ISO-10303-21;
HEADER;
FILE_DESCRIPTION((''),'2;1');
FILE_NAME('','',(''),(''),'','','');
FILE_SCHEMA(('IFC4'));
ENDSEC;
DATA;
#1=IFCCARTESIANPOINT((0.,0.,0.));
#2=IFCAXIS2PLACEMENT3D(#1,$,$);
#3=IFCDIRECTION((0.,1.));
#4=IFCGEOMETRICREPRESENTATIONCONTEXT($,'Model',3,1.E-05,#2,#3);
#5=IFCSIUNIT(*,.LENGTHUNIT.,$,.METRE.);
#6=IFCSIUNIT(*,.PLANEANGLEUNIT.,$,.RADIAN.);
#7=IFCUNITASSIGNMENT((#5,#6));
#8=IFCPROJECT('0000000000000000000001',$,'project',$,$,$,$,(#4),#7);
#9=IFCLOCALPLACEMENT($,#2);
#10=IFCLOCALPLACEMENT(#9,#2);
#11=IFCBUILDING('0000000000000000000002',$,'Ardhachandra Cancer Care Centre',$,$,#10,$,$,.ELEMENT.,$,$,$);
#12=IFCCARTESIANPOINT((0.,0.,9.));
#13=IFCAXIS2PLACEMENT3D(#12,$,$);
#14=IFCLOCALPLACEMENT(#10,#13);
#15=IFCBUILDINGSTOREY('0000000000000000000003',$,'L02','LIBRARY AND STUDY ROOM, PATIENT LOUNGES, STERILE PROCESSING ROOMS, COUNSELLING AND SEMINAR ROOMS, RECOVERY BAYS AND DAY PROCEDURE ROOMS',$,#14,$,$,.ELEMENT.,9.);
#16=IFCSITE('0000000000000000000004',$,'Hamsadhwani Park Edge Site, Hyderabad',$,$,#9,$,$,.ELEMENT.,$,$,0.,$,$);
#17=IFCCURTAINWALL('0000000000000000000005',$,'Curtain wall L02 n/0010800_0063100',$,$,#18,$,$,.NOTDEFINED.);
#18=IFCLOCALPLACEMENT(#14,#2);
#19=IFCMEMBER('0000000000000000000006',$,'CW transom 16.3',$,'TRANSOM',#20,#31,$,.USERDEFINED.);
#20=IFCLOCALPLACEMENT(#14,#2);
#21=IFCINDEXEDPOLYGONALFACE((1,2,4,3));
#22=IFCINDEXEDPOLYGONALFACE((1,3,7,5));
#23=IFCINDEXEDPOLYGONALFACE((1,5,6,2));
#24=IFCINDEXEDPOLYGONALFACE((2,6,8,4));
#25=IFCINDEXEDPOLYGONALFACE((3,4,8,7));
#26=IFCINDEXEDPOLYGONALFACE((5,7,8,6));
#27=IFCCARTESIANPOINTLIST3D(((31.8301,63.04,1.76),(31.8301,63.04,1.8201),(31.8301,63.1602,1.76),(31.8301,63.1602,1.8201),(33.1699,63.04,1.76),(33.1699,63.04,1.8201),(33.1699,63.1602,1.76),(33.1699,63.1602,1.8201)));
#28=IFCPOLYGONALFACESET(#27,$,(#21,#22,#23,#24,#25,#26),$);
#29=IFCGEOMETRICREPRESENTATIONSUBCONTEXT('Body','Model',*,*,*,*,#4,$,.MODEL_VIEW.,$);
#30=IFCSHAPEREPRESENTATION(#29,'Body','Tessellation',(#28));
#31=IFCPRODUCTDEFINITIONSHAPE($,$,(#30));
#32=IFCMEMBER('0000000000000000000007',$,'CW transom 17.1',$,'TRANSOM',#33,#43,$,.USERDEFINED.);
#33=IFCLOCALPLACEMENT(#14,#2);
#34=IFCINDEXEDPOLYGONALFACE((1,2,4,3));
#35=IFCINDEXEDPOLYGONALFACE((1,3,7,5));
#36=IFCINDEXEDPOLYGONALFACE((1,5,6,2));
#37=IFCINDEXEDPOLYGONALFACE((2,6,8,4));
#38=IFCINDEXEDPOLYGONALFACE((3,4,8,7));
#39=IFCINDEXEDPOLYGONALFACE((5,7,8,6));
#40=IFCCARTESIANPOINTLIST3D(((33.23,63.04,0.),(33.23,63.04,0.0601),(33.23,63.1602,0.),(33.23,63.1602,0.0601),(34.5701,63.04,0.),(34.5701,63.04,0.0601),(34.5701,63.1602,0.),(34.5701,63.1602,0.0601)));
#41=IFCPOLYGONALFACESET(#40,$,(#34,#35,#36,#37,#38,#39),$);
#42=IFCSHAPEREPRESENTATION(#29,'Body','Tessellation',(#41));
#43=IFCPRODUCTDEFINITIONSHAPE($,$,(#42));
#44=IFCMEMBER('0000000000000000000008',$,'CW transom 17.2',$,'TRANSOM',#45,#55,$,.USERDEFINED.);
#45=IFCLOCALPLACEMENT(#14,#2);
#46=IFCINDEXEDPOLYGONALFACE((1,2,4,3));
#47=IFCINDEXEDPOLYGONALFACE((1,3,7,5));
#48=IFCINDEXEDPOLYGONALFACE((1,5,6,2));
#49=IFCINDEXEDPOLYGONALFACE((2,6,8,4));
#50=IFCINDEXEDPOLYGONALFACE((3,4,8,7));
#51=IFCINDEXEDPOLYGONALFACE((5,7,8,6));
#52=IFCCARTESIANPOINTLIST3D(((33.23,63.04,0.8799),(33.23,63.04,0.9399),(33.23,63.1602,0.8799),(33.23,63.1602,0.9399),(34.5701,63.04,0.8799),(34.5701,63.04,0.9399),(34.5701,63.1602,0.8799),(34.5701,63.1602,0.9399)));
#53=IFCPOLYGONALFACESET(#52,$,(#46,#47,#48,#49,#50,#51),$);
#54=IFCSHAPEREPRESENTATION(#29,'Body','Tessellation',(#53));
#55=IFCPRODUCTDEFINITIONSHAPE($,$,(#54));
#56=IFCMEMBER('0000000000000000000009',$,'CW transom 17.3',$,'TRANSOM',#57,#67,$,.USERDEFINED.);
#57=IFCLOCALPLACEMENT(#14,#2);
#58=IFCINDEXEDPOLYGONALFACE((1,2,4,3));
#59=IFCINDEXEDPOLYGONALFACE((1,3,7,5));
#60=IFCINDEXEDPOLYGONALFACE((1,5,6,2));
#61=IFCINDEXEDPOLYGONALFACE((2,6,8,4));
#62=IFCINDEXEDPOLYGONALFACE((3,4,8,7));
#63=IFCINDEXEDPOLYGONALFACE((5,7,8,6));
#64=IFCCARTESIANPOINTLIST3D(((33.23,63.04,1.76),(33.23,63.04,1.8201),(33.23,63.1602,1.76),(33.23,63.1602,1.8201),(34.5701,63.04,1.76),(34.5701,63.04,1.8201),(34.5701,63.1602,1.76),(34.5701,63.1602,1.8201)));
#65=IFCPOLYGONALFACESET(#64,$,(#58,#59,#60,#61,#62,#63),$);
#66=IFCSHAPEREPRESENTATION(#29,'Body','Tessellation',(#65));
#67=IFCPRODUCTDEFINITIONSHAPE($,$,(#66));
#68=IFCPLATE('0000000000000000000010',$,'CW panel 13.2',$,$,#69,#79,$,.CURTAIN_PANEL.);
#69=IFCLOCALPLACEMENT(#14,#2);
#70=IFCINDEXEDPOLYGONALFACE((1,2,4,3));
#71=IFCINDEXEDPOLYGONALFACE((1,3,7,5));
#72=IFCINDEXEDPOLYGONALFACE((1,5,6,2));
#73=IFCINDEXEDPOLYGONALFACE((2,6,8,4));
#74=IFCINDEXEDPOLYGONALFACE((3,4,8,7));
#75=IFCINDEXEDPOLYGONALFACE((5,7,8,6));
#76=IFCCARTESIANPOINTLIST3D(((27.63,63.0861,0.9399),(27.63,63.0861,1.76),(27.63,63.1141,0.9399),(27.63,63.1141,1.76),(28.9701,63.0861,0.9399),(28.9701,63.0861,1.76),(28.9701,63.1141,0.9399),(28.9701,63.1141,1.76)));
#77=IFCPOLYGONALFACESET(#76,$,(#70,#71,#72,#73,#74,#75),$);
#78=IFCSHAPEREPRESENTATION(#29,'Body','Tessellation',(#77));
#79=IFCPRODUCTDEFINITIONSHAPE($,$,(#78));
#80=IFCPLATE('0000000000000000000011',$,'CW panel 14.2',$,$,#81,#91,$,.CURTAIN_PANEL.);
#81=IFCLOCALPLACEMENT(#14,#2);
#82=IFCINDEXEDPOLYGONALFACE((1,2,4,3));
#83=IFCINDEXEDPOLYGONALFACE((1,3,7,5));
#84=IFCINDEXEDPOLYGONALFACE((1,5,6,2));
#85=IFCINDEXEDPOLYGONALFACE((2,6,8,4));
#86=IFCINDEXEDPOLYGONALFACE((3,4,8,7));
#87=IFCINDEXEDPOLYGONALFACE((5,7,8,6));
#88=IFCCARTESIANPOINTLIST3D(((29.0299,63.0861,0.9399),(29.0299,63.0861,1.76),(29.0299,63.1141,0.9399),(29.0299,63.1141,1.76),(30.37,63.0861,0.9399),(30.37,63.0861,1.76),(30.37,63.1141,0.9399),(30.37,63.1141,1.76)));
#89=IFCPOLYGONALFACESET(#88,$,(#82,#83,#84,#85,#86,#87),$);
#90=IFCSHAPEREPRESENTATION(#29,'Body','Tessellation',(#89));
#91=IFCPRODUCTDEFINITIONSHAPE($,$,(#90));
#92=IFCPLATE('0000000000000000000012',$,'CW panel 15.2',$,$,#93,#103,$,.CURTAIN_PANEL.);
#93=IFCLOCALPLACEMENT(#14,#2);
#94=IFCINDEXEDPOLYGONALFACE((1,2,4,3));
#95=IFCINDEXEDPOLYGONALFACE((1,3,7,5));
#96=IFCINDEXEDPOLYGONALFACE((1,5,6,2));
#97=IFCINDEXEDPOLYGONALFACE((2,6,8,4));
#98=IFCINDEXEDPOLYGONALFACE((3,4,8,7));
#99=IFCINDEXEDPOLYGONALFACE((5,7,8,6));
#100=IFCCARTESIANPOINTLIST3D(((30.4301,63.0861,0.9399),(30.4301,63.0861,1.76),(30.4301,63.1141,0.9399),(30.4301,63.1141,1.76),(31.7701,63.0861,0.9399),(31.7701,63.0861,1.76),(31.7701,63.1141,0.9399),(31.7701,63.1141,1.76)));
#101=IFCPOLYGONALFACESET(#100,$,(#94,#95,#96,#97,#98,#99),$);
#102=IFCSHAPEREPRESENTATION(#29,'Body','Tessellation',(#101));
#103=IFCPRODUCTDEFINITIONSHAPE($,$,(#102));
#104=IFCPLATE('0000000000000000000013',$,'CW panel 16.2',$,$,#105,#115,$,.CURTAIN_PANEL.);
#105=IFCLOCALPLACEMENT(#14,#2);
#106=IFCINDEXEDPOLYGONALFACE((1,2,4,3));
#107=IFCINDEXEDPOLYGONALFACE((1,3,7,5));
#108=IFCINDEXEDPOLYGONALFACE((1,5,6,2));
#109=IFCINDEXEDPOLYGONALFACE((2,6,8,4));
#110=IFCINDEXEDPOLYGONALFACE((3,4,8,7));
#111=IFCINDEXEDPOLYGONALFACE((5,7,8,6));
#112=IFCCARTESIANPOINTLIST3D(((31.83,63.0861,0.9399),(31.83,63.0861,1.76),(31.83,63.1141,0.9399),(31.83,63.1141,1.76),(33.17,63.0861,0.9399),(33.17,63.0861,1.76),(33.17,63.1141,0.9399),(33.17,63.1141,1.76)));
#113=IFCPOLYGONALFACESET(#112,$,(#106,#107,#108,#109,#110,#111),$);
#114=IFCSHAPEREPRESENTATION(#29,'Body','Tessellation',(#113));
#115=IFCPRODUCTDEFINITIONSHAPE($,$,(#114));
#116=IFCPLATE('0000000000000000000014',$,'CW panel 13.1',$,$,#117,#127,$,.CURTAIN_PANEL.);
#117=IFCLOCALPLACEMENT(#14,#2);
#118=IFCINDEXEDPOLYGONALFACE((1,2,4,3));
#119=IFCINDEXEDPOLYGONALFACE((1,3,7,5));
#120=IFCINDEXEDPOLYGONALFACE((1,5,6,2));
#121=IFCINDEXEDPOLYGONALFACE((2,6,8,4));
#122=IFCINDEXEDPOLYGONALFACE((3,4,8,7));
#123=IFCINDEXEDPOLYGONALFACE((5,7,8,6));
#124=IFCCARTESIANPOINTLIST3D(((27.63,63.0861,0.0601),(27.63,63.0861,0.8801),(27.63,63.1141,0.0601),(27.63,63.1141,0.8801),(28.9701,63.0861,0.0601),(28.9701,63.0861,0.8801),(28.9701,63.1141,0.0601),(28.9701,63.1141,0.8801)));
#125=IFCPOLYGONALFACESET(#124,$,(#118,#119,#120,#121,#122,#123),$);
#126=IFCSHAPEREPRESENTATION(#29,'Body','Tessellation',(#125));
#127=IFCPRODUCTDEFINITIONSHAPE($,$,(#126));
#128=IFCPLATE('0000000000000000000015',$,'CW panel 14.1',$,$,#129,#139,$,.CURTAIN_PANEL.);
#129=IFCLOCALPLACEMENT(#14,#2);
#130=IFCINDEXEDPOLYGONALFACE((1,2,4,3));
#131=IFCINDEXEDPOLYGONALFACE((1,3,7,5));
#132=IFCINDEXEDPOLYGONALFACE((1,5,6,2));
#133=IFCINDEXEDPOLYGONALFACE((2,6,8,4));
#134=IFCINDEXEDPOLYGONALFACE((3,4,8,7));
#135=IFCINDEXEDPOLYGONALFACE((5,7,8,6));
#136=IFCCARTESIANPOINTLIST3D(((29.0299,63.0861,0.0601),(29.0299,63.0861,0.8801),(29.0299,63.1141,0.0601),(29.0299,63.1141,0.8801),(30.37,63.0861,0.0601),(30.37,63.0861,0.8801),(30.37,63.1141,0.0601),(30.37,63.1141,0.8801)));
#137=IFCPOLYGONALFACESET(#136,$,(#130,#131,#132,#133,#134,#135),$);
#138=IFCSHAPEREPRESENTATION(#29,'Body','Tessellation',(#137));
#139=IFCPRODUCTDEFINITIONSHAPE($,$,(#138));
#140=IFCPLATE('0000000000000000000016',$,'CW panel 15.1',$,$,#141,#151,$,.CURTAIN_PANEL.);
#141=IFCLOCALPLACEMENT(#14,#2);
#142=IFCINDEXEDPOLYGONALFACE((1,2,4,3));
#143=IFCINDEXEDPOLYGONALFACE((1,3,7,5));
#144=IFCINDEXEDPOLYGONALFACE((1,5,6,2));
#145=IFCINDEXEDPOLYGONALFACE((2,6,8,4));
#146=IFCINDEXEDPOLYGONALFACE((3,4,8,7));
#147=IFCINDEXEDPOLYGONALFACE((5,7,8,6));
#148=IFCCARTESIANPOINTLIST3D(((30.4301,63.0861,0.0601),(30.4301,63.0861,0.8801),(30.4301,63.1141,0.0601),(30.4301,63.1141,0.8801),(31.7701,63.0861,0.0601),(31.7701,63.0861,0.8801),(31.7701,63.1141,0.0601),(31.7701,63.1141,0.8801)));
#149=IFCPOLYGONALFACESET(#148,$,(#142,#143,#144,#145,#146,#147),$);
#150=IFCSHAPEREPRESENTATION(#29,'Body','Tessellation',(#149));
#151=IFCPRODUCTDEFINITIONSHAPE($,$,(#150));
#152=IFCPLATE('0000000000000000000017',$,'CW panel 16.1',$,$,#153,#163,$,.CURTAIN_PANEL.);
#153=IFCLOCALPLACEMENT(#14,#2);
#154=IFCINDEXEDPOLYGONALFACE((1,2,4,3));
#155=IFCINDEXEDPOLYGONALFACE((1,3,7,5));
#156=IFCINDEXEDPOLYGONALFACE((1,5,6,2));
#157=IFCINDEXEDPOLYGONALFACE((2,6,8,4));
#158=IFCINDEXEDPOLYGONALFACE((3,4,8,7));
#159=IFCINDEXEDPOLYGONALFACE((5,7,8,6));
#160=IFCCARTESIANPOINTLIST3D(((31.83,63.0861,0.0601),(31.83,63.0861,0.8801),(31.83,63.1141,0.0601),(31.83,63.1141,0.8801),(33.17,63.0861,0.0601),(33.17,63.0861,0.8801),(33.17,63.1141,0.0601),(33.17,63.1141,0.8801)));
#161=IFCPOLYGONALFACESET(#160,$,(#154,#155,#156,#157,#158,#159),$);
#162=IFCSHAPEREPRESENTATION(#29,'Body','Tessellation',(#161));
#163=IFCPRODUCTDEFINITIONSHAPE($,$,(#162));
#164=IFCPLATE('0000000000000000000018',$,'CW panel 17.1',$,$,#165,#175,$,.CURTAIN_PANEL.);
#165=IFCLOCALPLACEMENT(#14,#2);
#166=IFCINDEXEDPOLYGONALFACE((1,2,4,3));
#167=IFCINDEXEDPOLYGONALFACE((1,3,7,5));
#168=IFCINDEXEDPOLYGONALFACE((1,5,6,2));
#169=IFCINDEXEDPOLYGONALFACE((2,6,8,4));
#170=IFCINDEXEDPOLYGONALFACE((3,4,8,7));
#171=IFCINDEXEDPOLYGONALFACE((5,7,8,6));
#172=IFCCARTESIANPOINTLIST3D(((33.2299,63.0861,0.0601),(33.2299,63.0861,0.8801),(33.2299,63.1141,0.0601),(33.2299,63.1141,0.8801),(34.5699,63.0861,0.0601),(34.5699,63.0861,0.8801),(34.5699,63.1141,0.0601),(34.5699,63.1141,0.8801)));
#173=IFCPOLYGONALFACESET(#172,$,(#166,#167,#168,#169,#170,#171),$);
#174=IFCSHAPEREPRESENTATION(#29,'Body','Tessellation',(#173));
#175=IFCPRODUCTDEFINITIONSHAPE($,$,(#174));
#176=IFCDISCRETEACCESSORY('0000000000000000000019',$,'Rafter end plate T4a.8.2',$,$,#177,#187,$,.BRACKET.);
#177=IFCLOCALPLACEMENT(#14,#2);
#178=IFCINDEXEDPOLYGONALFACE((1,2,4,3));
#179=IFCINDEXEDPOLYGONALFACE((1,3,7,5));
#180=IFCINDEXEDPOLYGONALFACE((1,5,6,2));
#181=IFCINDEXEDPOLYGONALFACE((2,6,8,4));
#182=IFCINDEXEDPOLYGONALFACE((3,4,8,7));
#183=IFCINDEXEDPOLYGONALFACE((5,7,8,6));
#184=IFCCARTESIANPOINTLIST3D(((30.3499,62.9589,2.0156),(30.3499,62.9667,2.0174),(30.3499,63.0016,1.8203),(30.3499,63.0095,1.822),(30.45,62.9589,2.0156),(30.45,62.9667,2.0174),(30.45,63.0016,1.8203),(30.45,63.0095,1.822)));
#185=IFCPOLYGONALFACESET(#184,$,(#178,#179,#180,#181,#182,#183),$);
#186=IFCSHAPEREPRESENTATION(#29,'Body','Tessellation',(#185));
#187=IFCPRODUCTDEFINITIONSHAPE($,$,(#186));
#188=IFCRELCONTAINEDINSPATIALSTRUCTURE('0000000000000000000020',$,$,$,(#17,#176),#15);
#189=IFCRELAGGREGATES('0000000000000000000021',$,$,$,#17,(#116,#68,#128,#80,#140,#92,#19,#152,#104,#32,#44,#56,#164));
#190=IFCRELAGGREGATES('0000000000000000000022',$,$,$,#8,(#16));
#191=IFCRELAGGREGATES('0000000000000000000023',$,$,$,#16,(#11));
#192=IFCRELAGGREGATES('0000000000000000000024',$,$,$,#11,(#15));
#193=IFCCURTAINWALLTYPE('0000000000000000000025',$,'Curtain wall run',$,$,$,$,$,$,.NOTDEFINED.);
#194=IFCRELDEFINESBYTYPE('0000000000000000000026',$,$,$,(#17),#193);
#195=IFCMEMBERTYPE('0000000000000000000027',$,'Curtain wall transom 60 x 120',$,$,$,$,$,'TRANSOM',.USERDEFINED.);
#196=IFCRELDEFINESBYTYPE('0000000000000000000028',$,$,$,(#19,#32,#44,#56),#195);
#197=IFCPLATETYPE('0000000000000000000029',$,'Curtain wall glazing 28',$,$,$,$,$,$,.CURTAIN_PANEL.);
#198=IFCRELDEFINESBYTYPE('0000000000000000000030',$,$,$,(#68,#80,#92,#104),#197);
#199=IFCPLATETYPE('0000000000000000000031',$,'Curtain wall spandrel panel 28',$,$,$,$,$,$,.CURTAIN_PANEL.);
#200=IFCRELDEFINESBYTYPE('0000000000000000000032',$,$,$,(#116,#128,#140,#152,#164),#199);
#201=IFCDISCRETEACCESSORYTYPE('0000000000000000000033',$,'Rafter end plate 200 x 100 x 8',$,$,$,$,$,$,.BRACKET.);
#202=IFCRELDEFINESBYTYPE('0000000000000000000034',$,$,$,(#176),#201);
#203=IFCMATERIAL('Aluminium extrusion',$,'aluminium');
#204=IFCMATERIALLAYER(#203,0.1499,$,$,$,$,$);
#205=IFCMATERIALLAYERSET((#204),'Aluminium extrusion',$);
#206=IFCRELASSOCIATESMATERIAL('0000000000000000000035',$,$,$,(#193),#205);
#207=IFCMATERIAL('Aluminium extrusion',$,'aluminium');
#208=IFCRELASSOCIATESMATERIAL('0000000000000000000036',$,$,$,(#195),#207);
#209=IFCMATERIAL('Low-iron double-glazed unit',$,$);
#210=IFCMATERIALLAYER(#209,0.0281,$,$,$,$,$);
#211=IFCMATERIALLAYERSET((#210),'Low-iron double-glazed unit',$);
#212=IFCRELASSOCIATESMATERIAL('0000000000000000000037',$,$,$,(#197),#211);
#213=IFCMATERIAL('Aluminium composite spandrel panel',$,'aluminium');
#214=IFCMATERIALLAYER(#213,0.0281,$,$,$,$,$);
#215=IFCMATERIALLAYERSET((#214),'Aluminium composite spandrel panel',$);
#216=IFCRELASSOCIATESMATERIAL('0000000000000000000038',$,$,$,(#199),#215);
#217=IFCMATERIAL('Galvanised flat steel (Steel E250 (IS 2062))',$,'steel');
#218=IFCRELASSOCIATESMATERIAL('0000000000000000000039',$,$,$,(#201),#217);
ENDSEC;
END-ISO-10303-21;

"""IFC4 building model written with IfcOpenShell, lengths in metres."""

from ifc_helpers import new_model, si_unit, direction, frame, origin, origin_2d, place, context, subcontext, project, spatial, rectangle, extrude, material, layer, layer_set, material_profile, profile_set, type_object, element, aggregate, save


model = new_model("IFC4")

# Units and contexts
model_context = context("Model", 3, precision=1e-05, world=origin(), true_north=direction((0.0, 1.0)))
body_context = subcontext(model_context, "Body", "Model", "MODEL_VIEW")
ifc_project = project(units=[si_unit("LENGTHUNIT", "METRE"), si_unit("PLANEANGLEUNIT", "RADIAN")], contexts=[model_context])

# Site, building, storey
site_placement = place(None, origin())
site = spatial("IfcSite", under=ifc_project, at=site_placement, Name="Hamsadhwani Park Edge Site, Hyderabad", CompositionType="ELEMENT", RefElevation=0.0)
building_placement = place(site_placement, origin())
building = spatial("IfcBuilding", under=site, at=building_placement, Name="Ardhachandra Cancer Care Centre", CompositionType="ELEMENT")
storey_placement = place(building_placement, frame((0.0, 0.0, 9.0)))
storey = spatial("IfcBuildingStorey", under=building, at=storey_placement, Name="L02", Description="LIBRARY AND STUDY ROOM, PATIENT LOUNGES, STERILE PROCESSING ROOMS, COUNSELLING AND SEMINAR ROOMS, RECOVERY BAYS AND DAY PROCEDURE ROOMS", CompositionType="ELEMENT", Elevation=9.0)

# Curtain wall, members, plates
ifc_material_1 = material(Name="Aluminium extrusion", Category="aluminium")
ifc_layer_1 = layer(ifc_material_1, 0.1499)
ifc_layer_set_1 = layer_set([ifc_layer_1], Name="Aluminium extrusion")
curtain_wall_type = type_object("IfcCurtainWallType", Name="Curtain wall run", PredefinedType="NOTDEFINED", material=ifc_layer_set_1)
curtain_wall_placement = place(storey_placement, origin())
curtain_wall = element("IfcCurtainWall", 1, at=curtain_wall_placement, inside=storey, type_object=curtain_wall_type, Name="Curtain wall L02 n/0010800_0063100", PredefinedType="NOTDEFINED")
ifc_material_2 = material(Name="Aluminium extrusion", Category="aluminium")
ifc_material_profile_1 = material_profile(ifc_material_2, rectangle(XDim=0.1201, YDim=0.0601, at=origin_2d()), Name="Curtain wall transom 60 x 120")
ifc_profile_set_1 = profile_set([ifc_material_profile_1], Name="Aluminium extrusion")
member_type_1 = type_object("IfcMemberType", Name="Curtain wall transom 60 x 120", ElementType="TRANSOM", PredefinedType="USERDEFINED", material=ifc_profile_set_1)
member_1_placement = place(storey_placement, frame((31.8301, 63.1001, 1.79), z_axis=(1.0, 0.0, 0.0), x_axis=(0.0, 1.0, 0.0)))
member_1 = element("IfcMember", 2, at=member_1_placement, type_object=member_type_1, Name="CW transom 16.3", ObjectType="TRANSOM", PredefinedType="USERDEFINED", context=body_context, shape_type="SweptSolid", body=[
    extrude(rectangle(XDim=0.1201, YDim=0.0601, at=origin_2d()), origin(), (0.0, 0.0, 1.0), 1.3398),
])
member_2_placement = place(storey_placement, frame((33.23, 63.1001, 0.03), z_axis=(1.0, 0.0, 0.0), x_axis=(0.0, 1.0, 0.0)))
member_2 = element("IfcMember", 3, at=member_2_placement, type_object=member_type_1, Name="CW transom 17.1", ObjectType="TRANSOM", PredefinedType="USERDEFINED", context=body_context, shape_type="SweptSolid", body=[
    extrude(rectangle(XDim=0.1201, YDim=0.0601, at=origin_2d()), origin(), (0.0, 0.0, 1.0), 1.3401),
])
member_3_placement = place(storey_placement, frame((33.23, 63.1001, 0.9099), z_axis=(1.0, 0.0, 0.0), x_axis=(0.0, 1.0, 0.0)))
member_3 = element("IfcMember", 4, at=member_3_placement, type_object=member_type_1, Name="CW transom 17.2", ObjectType="TRANSOM", PredefinedType="USERDEFINED", context=body_context, shape_type="SweptSolid", body=[
    extrude(rectangle(XDim=0.1201, YDim=0.0601, at=origin_2d()), origin(), (0.0, 0.0, 1.0), 1.3401),
])
member_4_placement = place(storey_placement, frame((33.23, 63.1001, 1.79), z_axis=(1.0, 0.0, 0.0), x_axis=(0.0, 1.0, 0.0)))
member_4 = element("IfcMember", 5, at=member_4_placement, type_object=member_type_1, Name="CW transom 17.3", ObjectType="TRANSOM", PredefinedType="USERDEFINED", context=body_context, shape_type="SweptSolid", body=[
    extrude(rectangle(XDim=0.1201, YDim=0.0601, at=origin_2d()), origin(), (0.0, 0.0, 1.0), 1.3401),
])
ifc_material_3 = material(Name="Low-iron double-glazed unit")
ifc_layer_2 = layer(ifc_material_3, 0.0281)
ifc_layer_set_2 = layer_set([ifc_layer_2], Name="Low-iron double-glazed unit")
plate_type_1 = type_object("IfcPlateType", Name="Curtain wall glazing 28", PredefinedType="CURTAIN_PANEL", material=ifc_layer_set_2)
plate_1_placement = place(storey_placement, frame((28.3, 63.1001, 0.9399), z_axis=(0.0, 0.0, 1.0), x_axis=(1.0, 0.0, 0.0)))
plate_1 = element("IfcPlate", 6, at=plate_1_placement, type_object=plate_type_1, Name="CW panel 13.2", PredefinedType="CURTAIN_PANEL", context=body_context, shape_type="SweptSolid", body=[
    extrude(rectangle(XDim=1.3401, YDim=0.0281, at=origin_2d()), origin(), (0.0, 0.0, 1.0), 0.8201),
])
plate_2_placement = place(storey_placement, frame((29.7, 63.1001, 0.9399), z_axis=(0.0, 0.0, 1.0), x_axis=(1.0, 0.0, 0.0)))
plate_2 = element("IfcPlate", 7, at=plate_2_placement, type_object=plate_type_1, Name="CW panel 14.2", PredefinedType="CURTAIN_PANEL", context=body_context, shape_type="SweptSolid", body=[
    extrude(rectangle(XDim=1.3401, YDim=0.0281, at=origin_2d()), origin(), (0.0, 0.0, 1.0), 0.8201),
])
plate_3_placement = place(storey_placement, frame((31.1001, 63.1001, 0.9399), z_axis=(0.0, 0.0, 1.0), x_axis=(1.0, 0.0, 0.0)))
plate_3 = element("IfcPlate", 8, at=plate_3_placement, type_object=plate_type_1, Name="CW panel 15.2", PredefinedType="CURTAIN_PANEL", context=body_context, shape_type="SweptSolid", body=[
    extrude(rectangle(XDim=1.3401, YDim=0.0281, at=origin_2d()), origin(), (0.0, 0.0, 1.0), 0.8201),
])
plate_4_placement = place(storey_placement, frame((32.5, 63.1001, 0.9399), z_axis=(0.0, 0.0, 1.0), x_axis=(1.0, 0.0, 0.0)))
plate_4 = element("IfcPlate", 9, at=plate_4_placement, type_object=plate_type_1, Name="CW panel 16.2", PredefinedType="CURTAIN_PANEL", context=body_context, shape_type="SweptSolid", body=[
    extrude(rectangle(XDim=1.3401, YDim=0.0281, at=origin_2d()), origin(), (0.0, 0.0, 1.0), 0.8201),
])
ifc_material_4 = material(Name="Aluminium composite spandrel panel", Category="aluminium")
ifc_layer_3 = layer(ifc_material_4, 0.0281)
ifc_layer_set_3 = layer_set([ifc_layer_3], Name="Aluminium composite spandrel panel")
plate_type_2 = type_object("IfcPlateType", Name="Curtain wall spandrel panel 28", PredefinedType="CURTAIN_PANEL", material=ifc_layer_set_3)
plate_5_placement = place(storey_placement, frame((28.3, 63.1001, 0.0601), z_axis=(0.0, 0.0, 1.0), x_axis=(1.0, 0.0, 0.0)))
plate_5 = element("IfcPlate", 10, at=plate_5_placement, type_object=plate_type_2, Name="CW panel 13.1", PredefinedType="CURTAIN_PANEL", context=body_context, shape_type="SweptSolid", body=[
    extrude(rectangle(XDim=1.3401, YDim=0.0281, at=origin_2d()), origin(), (0.0, 0.0, 1.0), 0.8201),
])
plate_6_placement = place(storey_placement, frame((29.7, 63.1001, 0.0601), z_axis=(0.0, 0.0, 1.0), x_axis=(1.0, 0.0, 0.0)))
plate_6 = element("IfcPlate", 11, at=plate_6_placement, type_object=plate_type_2, Name="CW panel 14.1", PredefinedType="CURTAIN_PANEL", context=body_context, shape_type="SweptSolid", body=[
    extrude(rectangle(XDim=1.3401, YDim=0.0281, at=origin_2d()), origin(), (0.0, 0.0, 1.0), 0.8201),
])
plate_7_placement = place(storey_placement, frame((31.1001, 63.1001, 0.0601), z_axis=(0.0, 0.0, 1.0), x_axis=(1.0, 0.0, 0.0)))
plate_7 = element("IfcPlate", 12, at=plate_7_placement, type_object=plate_type_2, Name="CW panel 15.1", PredefinedType="CURTAIN_PANEL", context=body_context, shape_type="SweptSolid", body=[
    extrude(rectangle(XDim=1.3401, YDim=0.0281, at=origin_2d()), origin(), (0.0, 0.0, 1.0), 0.8201),
])
plate_8_placement = place(storey_placement, frame((32.5, 63.1001, 0.0601), z_axis=(0.0, 0.0, 1.0), x_axis=(1.0, 0.0, 0.0)))
plate_8 = element("IfcPlate", 13, at=plate_8_placement, type_object=plate_type_2, Name="CW panel 16.1", PredefinedType="CURTAIN_PANEL", context=body_context, shape_type="SweptSolid", body=[
    extrude(rectangle(XDim=1.3401, YDim=0.0281, at=origin_2d()), origin(), (0.0, 0.0, 1.0), 0.8201),
])
plate_9_placement = place(storey_placement, frame((33.8999, 63.1001, 0.0601), z_axis=(0.0, 0.0, 1.0), x_axis=(1.0, 0.0, 0.0)))
plate_9 = element("IfcPlate", 14, at=plate_9_placement, type_object=plate_type_2, Name="CW panel 17.1", PredefinedType="CURTAIN_PANEL", context=body_context, shape_type="SweptSolid", body=[
    extrude(rectangle(XDim=1.3401, YDim=0.0281, at=origin_2d()), origin(), (0.0, 0.0, 1.0), 0.8201),
])
aggregate(curtain_wall, [plate_5, plate_1, plate_6, plate_2, plate_7, plate_3, member_1, plate_8, plate_4, member_2, member_3, member_4, plate_9])

# Discrete accessory
ifc_material_5 = material(Name="Galvanised flat steel (Steel E250 (IS 2062))", Category="steel")
ifc_material_profile_2 = material_profile(ifc_material_5, rectangle(XDim=0.1001, YDim=0.2, at=origin_2d()), Name="Rafter end plate 200 x 100 x 8")
ifc_profile_set_2 = profile_set([ifc_material_profile_2], Name="Galvanised flat steel (Steel E250 (IS 2062))")
discrete_accessory_type = type_object("IfcDiscreteAccessoryType", Name="Rafter end plate 200 x 100 x 8", PredefinedType="BRACKET", material=ifc_profile_set_2)
for number, where, z_axis, x_axis, name in (
    (15, (30.3999, 62.9802, 1.918), (0.0, 0.9769, 0.213697), (-1.0, 0.0, 0.0), "Rafter end plate T4a.8.2"),
):
    element("IfcDiscreteAccessory", number, at=place(storey_placement, frame(where, z_axis=z_axis, x_axis=x_axis)), inside=storey, type_object=discrete_accessory_type, Name=name, PredefinedType="BRACKET", context=body_context, shape_type="SweptSolid", body=[
        extrude(rectangle(XDim=0.1001, YDim=0.2, at=origin_2d()), origin(), (0.0, 0.0, 1.0), 0.0081),
    ])

save(model, "model.ifc")
